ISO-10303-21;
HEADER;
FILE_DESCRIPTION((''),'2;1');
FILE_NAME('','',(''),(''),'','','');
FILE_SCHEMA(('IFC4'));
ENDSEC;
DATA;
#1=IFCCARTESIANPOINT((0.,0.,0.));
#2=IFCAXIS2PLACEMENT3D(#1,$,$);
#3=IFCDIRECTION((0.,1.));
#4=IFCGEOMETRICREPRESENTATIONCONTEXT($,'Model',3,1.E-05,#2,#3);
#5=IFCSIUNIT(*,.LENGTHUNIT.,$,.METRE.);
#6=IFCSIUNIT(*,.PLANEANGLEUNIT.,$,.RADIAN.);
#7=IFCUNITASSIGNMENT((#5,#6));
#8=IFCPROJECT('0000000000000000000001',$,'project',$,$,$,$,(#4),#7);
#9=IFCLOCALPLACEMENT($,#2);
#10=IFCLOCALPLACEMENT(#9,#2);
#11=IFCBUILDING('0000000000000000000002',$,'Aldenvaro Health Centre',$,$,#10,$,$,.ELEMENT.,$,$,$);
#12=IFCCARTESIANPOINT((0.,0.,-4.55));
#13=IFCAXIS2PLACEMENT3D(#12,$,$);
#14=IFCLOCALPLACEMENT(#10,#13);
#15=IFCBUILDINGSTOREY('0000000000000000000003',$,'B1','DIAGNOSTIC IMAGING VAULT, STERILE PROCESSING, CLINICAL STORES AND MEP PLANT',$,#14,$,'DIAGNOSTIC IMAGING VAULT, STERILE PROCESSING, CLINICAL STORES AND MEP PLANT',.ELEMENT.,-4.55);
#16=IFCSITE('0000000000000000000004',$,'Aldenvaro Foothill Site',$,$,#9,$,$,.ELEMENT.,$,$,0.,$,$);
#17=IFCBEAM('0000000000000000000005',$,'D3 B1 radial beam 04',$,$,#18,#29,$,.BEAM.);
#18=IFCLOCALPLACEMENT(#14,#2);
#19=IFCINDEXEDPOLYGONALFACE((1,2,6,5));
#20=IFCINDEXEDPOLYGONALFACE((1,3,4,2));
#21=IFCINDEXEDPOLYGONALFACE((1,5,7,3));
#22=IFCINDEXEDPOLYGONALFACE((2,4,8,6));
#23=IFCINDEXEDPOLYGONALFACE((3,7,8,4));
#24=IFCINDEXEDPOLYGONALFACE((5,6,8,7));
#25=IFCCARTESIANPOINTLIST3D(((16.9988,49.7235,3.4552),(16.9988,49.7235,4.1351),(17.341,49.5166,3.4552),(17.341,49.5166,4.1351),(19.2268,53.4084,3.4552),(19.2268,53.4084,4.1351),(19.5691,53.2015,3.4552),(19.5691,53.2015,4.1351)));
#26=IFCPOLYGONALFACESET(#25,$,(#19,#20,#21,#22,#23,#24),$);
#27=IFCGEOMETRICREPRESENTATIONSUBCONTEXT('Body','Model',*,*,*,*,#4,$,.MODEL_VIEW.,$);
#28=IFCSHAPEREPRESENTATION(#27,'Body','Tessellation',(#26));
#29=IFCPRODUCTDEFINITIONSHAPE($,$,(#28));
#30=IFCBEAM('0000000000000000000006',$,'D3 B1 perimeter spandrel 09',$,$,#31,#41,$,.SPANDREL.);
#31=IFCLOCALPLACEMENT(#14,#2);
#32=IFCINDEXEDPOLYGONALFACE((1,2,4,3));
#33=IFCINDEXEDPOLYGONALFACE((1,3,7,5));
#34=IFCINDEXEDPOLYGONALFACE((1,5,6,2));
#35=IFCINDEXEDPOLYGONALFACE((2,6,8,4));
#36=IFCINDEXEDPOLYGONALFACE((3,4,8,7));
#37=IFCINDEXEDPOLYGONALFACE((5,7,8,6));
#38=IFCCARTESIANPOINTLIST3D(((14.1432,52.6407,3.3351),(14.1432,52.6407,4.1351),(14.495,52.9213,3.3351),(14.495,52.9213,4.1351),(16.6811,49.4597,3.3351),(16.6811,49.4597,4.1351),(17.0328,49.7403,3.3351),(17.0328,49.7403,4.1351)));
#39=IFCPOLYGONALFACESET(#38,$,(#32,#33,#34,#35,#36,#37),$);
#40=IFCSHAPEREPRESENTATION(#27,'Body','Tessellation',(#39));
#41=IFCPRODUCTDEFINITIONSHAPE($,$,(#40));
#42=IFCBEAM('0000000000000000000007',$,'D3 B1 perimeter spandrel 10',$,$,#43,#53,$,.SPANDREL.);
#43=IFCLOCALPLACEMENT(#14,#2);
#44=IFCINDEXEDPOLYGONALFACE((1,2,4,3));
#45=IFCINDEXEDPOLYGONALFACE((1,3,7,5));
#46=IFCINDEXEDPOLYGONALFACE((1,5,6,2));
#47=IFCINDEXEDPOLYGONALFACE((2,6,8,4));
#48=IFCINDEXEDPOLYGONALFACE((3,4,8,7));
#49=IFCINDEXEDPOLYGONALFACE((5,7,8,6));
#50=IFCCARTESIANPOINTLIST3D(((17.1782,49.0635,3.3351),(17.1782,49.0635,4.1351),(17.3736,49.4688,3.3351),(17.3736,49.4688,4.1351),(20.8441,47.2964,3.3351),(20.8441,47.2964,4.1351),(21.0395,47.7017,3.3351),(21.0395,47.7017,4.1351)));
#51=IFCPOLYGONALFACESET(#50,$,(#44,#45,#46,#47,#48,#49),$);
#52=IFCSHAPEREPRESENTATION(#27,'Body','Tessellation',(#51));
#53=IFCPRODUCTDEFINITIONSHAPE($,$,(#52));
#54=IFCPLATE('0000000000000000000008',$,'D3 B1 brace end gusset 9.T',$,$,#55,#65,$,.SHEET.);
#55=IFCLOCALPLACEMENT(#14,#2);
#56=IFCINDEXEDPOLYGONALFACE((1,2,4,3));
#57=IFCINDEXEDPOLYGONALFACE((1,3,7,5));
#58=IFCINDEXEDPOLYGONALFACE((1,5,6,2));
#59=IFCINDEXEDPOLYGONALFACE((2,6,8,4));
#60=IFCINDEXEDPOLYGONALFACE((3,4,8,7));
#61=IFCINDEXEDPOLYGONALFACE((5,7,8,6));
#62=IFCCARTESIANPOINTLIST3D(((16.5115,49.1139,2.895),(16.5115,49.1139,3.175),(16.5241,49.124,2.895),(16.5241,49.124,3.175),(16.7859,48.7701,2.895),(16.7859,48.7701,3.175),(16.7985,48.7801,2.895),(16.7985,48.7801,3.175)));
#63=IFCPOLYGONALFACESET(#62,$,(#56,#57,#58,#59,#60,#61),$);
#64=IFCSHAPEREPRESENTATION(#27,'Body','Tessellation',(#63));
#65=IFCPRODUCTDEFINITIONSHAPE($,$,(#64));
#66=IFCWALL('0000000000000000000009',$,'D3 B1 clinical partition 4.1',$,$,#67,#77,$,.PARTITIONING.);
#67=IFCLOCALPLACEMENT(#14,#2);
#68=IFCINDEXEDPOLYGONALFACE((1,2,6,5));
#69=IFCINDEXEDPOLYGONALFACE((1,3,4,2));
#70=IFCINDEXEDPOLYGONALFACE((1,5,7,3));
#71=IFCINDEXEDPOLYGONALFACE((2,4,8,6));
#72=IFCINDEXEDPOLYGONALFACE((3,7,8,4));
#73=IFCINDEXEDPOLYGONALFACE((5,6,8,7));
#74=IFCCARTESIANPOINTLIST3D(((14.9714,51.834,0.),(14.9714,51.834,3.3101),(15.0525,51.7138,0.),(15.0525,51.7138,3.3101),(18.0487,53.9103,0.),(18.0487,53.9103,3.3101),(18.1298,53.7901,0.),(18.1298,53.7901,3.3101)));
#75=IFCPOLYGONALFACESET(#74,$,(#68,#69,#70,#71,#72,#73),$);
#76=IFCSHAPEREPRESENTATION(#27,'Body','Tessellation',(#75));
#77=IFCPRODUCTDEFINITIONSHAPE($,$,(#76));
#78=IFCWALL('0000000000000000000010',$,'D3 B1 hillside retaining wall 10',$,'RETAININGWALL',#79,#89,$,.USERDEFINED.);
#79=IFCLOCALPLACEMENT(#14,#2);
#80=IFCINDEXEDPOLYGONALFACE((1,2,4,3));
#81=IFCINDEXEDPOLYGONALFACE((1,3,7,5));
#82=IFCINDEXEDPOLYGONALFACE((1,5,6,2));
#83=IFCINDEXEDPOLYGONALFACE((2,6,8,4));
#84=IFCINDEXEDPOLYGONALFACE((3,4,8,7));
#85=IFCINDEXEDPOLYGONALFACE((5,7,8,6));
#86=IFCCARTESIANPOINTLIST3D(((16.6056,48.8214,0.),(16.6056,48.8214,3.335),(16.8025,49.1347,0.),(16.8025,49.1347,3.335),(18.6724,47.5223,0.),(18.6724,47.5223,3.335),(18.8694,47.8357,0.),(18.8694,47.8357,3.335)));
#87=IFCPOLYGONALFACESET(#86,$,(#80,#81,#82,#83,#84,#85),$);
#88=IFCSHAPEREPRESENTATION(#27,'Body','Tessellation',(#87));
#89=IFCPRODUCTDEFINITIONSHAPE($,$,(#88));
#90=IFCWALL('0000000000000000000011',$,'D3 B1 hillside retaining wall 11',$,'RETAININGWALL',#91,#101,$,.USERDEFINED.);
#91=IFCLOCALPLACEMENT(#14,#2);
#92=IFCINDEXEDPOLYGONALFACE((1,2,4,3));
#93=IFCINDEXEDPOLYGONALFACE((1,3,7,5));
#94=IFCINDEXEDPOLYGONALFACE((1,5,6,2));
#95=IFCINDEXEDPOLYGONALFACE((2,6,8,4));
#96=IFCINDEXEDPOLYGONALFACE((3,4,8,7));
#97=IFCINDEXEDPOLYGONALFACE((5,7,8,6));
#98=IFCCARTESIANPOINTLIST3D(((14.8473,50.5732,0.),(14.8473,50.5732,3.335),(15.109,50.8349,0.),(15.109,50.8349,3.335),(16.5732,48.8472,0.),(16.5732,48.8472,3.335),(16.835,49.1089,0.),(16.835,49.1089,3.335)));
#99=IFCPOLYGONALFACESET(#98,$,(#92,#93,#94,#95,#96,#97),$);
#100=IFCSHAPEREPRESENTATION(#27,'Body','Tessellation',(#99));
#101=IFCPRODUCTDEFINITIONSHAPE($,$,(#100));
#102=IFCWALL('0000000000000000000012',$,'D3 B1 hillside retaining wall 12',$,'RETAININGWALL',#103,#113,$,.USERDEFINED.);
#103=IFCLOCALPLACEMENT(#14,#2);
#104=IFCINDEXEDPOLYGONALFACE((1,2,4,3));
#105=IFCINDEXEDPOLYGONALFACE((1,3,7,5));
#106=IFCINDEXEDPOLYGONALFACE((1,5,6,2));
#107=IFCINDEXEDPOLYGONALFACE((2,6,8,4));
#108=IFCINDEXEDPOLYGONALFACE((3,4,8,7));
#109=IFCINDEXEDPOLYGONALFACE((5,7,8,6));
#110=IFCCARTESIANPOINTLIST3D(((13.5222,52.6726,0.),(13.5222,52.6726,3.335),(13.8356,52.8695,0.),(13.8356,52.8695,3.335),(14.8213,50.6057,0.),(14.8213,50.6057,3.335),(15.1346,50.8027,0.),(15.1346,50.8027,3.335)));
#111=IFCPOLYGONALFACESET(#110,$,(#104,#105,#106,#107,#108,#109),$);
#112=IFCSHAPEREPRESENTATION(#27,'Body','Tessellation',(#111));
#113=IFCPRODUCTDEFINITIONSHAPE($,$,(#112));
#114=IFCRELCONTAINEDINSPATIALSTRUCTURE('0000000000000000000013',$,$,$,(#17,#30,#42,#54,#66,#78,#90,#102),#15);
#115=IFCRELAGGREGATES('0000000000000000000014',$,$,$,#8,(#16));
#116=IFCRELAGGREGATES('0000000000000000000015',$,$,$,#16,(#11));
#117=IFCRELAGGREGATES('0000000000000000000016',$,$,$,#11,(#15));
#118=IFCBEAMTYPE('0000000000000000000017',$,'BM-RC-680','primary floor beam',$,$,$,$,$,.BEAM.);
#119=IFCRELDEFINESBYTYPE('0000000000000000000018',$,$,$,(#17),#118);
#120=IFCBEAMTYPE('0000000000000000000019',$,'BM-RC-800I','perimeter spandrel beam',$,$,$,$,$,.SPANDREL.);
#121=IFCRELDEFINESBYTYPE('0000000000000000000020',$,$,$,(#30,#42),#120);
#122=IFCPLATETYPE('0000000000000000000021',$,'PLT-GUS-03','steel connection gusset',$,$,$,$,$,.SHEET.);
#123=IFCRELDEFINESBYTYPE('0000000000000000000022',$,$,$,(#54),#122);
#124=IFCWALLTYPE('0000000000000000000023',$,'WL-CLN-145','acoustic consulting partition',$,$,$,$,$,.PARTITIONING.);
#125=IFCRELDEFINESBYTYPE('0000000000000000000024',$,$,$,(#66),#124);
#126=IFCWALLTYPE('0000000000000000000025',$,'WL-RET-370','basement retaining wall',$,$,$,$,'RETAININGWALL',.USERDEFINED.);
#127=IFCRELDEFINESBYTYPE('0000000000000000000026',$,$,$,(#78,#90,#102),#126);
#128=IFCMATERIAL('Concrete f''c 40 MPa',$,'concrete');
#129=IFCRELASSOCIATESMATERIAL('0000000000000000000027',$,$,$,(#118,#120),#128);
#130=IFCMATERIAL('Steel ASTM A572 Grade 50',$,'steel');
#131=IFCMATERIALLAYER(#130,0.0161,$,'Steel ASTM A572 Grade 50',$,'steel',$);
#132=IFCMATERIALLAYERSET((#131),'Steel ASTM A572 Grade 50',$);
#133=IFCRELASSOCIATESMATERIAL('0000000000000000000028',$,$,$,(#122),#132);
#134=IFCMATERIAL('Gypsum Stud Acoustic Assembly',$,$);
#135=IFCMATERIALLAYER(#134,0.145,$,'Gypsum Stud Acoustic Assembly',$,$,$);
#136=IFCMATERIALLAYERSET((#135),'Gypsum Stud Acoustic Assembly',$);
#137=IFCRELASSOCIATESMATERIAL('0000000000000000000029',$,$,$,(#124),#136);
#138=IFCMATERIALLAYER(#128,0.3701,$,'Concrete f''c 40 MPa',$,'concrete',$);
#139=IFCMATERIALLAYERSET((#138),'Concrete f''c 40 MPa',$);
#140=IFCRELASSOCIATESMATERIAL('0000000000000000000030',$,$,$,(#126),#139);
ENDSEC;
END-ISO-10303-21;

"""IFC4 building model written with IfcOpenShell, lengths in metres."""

from ifc_helpers import new_model, si_unit, direction, frame, frame_2d, origin, origin_2d, place, context, subcontext, project, spatial, rectangle, extrude, material, layer, layer_set, material_profile, profile_set, type_object, element, save


model = new_model("IFC4")

# Units and contexts
model_context = context("Model", 3, precision=1e-05, world=origin(), true_north=direction((0.0, 1.0)))
body_context = subcontext(model_context, "Body", "Model", "MODEL_VIEW")
ifc_project = project(units=[si_unit("LENGTHUNIT", "METRE"), si_unit("PLANEANGLEUNIT", "RADIAN")], contexts=[model_context])

# Site, building, storey
site_placement = place(None, origin())
site = spatial("IfcSite", under=ifc_project, at=site_placement, Name="Aldenvaro Foothill Site", CompositionType="ELEMENT", RefElevation=0.0)
building_placement = place(site_placement, origin())
building = spatial("IfcBuilding", under=site, at=building_placement, Name="Aldenvaro Health Centre", CompositionType="ELEMENT")
storey_placement = place(building_placement, frame((0.0, 0.0, -4.55)))
storey = spatial("IfcBuildingStorey", under=building, at=storey_placement, Name="B1", Description="DIAGNOSTIC IMAGING VAULT, STERILE PROCESSING, CLINICAL STORES AND MEP PLANT", LongName="DIAGNOSTIC IMAGING VAULT, STERILE PROCESSING, CLINICAL STORES AND MEP PLANT", CompositionType="ELEMENT", Elevation=-4.55)

# Shared definitions
ifc_material_1 = material(Name="Concrete f'c 40 MPa", Category="concrete")

# Beams
ifc_material_profile_1 = material_profile(ifc_material_1, rectangle(XDim=0.3999, YDim=0.6799, at=origin_2d()), Name="RC 400x680", Category="concrete")
ifc_profile_set_1 = profile_set([ifc_material_profile_1], Name="Concrete f'c 40 MPa")
beam_type_1 = type_object("IfcBeamType", Name="BM-RC-680", Description="primary floor beam", PredefinedType="BEAM", material=ifc_profile_set_1)
beam_1_placement = place(storey_placement, frame((19.3979, 53.3049, 3.7952), z_axis=(-0.517419, -0.855732, 0.0), x_axis=(0.855732, -0.517419, 0.0)))
element("IfcBeam", 1, at=beam_1_placement, inside=storey, type_object=beam_type_1, Name="D3 B1 radial beam 04", PredefinedType="BEAM", context=body_context, shape_type="SweptSolid", body=[
    extrude(rectangle(XDim=0.3999, YDim=0.6799, at=origin_2d()), origin(), (0.0, 0.0, 1.0), 4.3062),
])
ifc_material_profile_2 = material_profile(ifc_material_1, rectangle(XDim=0.45, YDim=0.8, at=origin_2d()), Name="RC 450x800", Category="concrete")
ifc_profile_set_2 = profile_set([ifc_material_profile_2], Name="Concrete f'c 40 MPa")
beam_type_2 = type_object("IfcBeamType", Name="BM-RC-800I", Description="perimeter spandrel beam", PredefinedType="SPANDREL", material=ifc_profile_set_2)
beam_2_placement = place(storey_placement, frame((14.3191, 52.781, 3.7351), z_axis=(0.623663, -0.781693, 0.0), x_axis=(0.781693, 0.623663, 0.0)))
element("IfcBeam", 2, at=beam_2_placement, inside=storey, type_object=beam_type_2, Name="D3 B1 perimeter spandrel 09", PredefinedType="SPANDREL", context=body_context, shape_type="SweptSolid", body=[
    extrude(rectangle(XDim=0.45, YDim=0.8, at=origin_2d()), origin(), (0.0, 0.0, 1.0), 4.0693),
])
beam_3_placement = place(storey_placement, frame((17.2759, 49.2661, 3.7351), z_axis=(0.900812, -0.434209, 0.0), x_axis=(0.434209, 0.900812, 0.0)))
element("IfcBeam", 3, at=beam_3_placement, inside=storey, type_object=beam_type_2, Name="D3 B1 perimeter spandrel 10", PredefinedType="SPANDREL", context=body_context, shape_type="SweptSolid", body=[
    extrude(rectangle(XDim=0.45, YDim=0.8, at=origin_2d()), origin(), (0.0, 0.0, 1.0), 4.0696),
])

# Plate
ifc_material_2 = material(Name="Steel ASTM A572 Grade 50", Category="steel")
ifc_layer_1 = layer(ifc_material_2, 0.0161, Name="Steel ASTM A572 Grade 50", Category="steel")
ifc_layer_set_1 = layer_set([ifc_layer_1], Name="Steel ASTM A572 Grade 50")
plate_type = type_object("IfcPlateType", Name="PLT-GUS-03", Description="steel connection gusset", PredefinedType="SHEET", material=ifc_layer_set_1)
plate_placement = place(storey_placement, frame((16.655, 48.947, 2.895), z_axis=(0.0, 0.0, 1.0), x_axis=(0.623743, -0.781629, 0.0)))
element("IfcPlate", 4, at=plate_placement, inside=storey, type_object=plate_type, Name="D3 B1 brace end gusset 9.T", PredefinedType="SHEET", context=body_context, shape_type="SweptSolid", body=[
    extrude(rectangle(XDim=0.4399, YDim=0.0161, at=origin_2d()), origin(), (0.0, 0.0, 1.0), 0.28),
])

# Walls
ifc_material_3 = material(Name="Gypsum Stud Acoustic Assembly")
ifc_layer_2 = layer(ifc_material_3, 0.145, Name="Gypsum Stud Acoustic Assembly")
ifc_layer_set_2 = layer_set([ifc_layer_2], Name="Gypsum Stud Acoustic Assembly")
wall_type_1 = type_object("IfcWallType", Name="WL-CLN-145", Description="acoustic consulting partition", PredefinedType="PARTITIONING", material=ifc_layer_set_2)
wall_1_placement = place(storey_placement, frame((18.0891, 53.8501, 0.0), z_axis=(0.0, 0.0, 1.0), x_axis=(-0.828962, -0.559306, 0.0)))
element("IfcWall", 5, at=wall_1_placement, inside=storey, type_object=wall_type_1, Name="D3 B1 clinical partition 4.1", PredefinedType="PARTITIONING", context=body_context, shape_type="SweptSolid", body=[
    extrude(rectangle(XDim=3.7122, YDim=0.145, at=frame_2d((1.856, 0.0))), origin(), (0.0, 0.0, 1.0), 3.3101),
])
ifc_layer_3 = layer(ifc_material_1, 0.3701, Name="Concrete f'c 40 MPa", Category="concrete")
ifc_layer_set_3 = layer_set([ifc_layer_3], Name="Concrete f'c 40 MPa")
wall_type_2 = type_object("IfcWallType", Name="WL-RET-370", Description="basement retaining wall", ElementType="RETAININGWALL", PredefinedType="USERDEFINED", material=ifc_layer_set_3)
wall_2_placement = place(storey_placement, frame((18.771, 47.679, 0.0), z_axis=(0.0, 0.0, 1.0), x_axis=(-0.846658, 0.532137, 0.0)))
element("IfcWall", 6, at=wall_2_placement, inside=storey, type_object=wall_type_2, Name="D3 B1 hillside retaining wall 10", ObjectType="RETAININGWALL", PredefinedType="USERDEFINED", context=body_context, shape_type="SweptSolid", body=[
    extrude(rectangle(XDim=2.4412, YDim=0.3701, at=frame_2d((1.2207, 0.0))), origin(), (0.0, 0.0, 1.0), 3.335),
])
wall_3_placement = place(storey_placement, frame((16.7041, 48.978, 0.0), z_axis=(0.0, 0.0, 1.0), x_axis=(-0.707107, 0.707107, 0.0)))
element("IfcWall", 7, at=wall_3_placement, inside=storey, type_object=wall_type_2, Name="D3 B1 hillside retaining wall 11", ObjectType="RETAININGWALL", PredefinedType="USERDEFINED", context=body_context, shape_type="SweptSolid", body=[
    extrude(rectangle(XDim=2.4409, YDim=0.3701, at=frame_2d((1.2205, 0.0))), origin(), (0.0, 0.0, 1.0), 3.335),
])
wall_4_placement = place(storey_placement, frame((14.978, 50.7041, 0.0), z_axis=(0.0, 0.0, 1.0), x_axis=(-0.532137, 0.846658, 0.0)))
element("IfcWall", 8, at=wall_4_placement, inside=storey, type_object=wall_type_2, Name="D3 B1 hillside retaining wall 12", ObjectType="RETAININGWALL", PredefinedType="USERDEFINED", context=body_context, shape_type="SweptSolid", body=[
    extrude(rectangle(XDim=2.4412, YDim=0.3701, at=frame_2d((1.2207, 0.0))), origin(), (0.0, 0.0, 1.0), 3.335),
])

save(model, "model.ifc")
